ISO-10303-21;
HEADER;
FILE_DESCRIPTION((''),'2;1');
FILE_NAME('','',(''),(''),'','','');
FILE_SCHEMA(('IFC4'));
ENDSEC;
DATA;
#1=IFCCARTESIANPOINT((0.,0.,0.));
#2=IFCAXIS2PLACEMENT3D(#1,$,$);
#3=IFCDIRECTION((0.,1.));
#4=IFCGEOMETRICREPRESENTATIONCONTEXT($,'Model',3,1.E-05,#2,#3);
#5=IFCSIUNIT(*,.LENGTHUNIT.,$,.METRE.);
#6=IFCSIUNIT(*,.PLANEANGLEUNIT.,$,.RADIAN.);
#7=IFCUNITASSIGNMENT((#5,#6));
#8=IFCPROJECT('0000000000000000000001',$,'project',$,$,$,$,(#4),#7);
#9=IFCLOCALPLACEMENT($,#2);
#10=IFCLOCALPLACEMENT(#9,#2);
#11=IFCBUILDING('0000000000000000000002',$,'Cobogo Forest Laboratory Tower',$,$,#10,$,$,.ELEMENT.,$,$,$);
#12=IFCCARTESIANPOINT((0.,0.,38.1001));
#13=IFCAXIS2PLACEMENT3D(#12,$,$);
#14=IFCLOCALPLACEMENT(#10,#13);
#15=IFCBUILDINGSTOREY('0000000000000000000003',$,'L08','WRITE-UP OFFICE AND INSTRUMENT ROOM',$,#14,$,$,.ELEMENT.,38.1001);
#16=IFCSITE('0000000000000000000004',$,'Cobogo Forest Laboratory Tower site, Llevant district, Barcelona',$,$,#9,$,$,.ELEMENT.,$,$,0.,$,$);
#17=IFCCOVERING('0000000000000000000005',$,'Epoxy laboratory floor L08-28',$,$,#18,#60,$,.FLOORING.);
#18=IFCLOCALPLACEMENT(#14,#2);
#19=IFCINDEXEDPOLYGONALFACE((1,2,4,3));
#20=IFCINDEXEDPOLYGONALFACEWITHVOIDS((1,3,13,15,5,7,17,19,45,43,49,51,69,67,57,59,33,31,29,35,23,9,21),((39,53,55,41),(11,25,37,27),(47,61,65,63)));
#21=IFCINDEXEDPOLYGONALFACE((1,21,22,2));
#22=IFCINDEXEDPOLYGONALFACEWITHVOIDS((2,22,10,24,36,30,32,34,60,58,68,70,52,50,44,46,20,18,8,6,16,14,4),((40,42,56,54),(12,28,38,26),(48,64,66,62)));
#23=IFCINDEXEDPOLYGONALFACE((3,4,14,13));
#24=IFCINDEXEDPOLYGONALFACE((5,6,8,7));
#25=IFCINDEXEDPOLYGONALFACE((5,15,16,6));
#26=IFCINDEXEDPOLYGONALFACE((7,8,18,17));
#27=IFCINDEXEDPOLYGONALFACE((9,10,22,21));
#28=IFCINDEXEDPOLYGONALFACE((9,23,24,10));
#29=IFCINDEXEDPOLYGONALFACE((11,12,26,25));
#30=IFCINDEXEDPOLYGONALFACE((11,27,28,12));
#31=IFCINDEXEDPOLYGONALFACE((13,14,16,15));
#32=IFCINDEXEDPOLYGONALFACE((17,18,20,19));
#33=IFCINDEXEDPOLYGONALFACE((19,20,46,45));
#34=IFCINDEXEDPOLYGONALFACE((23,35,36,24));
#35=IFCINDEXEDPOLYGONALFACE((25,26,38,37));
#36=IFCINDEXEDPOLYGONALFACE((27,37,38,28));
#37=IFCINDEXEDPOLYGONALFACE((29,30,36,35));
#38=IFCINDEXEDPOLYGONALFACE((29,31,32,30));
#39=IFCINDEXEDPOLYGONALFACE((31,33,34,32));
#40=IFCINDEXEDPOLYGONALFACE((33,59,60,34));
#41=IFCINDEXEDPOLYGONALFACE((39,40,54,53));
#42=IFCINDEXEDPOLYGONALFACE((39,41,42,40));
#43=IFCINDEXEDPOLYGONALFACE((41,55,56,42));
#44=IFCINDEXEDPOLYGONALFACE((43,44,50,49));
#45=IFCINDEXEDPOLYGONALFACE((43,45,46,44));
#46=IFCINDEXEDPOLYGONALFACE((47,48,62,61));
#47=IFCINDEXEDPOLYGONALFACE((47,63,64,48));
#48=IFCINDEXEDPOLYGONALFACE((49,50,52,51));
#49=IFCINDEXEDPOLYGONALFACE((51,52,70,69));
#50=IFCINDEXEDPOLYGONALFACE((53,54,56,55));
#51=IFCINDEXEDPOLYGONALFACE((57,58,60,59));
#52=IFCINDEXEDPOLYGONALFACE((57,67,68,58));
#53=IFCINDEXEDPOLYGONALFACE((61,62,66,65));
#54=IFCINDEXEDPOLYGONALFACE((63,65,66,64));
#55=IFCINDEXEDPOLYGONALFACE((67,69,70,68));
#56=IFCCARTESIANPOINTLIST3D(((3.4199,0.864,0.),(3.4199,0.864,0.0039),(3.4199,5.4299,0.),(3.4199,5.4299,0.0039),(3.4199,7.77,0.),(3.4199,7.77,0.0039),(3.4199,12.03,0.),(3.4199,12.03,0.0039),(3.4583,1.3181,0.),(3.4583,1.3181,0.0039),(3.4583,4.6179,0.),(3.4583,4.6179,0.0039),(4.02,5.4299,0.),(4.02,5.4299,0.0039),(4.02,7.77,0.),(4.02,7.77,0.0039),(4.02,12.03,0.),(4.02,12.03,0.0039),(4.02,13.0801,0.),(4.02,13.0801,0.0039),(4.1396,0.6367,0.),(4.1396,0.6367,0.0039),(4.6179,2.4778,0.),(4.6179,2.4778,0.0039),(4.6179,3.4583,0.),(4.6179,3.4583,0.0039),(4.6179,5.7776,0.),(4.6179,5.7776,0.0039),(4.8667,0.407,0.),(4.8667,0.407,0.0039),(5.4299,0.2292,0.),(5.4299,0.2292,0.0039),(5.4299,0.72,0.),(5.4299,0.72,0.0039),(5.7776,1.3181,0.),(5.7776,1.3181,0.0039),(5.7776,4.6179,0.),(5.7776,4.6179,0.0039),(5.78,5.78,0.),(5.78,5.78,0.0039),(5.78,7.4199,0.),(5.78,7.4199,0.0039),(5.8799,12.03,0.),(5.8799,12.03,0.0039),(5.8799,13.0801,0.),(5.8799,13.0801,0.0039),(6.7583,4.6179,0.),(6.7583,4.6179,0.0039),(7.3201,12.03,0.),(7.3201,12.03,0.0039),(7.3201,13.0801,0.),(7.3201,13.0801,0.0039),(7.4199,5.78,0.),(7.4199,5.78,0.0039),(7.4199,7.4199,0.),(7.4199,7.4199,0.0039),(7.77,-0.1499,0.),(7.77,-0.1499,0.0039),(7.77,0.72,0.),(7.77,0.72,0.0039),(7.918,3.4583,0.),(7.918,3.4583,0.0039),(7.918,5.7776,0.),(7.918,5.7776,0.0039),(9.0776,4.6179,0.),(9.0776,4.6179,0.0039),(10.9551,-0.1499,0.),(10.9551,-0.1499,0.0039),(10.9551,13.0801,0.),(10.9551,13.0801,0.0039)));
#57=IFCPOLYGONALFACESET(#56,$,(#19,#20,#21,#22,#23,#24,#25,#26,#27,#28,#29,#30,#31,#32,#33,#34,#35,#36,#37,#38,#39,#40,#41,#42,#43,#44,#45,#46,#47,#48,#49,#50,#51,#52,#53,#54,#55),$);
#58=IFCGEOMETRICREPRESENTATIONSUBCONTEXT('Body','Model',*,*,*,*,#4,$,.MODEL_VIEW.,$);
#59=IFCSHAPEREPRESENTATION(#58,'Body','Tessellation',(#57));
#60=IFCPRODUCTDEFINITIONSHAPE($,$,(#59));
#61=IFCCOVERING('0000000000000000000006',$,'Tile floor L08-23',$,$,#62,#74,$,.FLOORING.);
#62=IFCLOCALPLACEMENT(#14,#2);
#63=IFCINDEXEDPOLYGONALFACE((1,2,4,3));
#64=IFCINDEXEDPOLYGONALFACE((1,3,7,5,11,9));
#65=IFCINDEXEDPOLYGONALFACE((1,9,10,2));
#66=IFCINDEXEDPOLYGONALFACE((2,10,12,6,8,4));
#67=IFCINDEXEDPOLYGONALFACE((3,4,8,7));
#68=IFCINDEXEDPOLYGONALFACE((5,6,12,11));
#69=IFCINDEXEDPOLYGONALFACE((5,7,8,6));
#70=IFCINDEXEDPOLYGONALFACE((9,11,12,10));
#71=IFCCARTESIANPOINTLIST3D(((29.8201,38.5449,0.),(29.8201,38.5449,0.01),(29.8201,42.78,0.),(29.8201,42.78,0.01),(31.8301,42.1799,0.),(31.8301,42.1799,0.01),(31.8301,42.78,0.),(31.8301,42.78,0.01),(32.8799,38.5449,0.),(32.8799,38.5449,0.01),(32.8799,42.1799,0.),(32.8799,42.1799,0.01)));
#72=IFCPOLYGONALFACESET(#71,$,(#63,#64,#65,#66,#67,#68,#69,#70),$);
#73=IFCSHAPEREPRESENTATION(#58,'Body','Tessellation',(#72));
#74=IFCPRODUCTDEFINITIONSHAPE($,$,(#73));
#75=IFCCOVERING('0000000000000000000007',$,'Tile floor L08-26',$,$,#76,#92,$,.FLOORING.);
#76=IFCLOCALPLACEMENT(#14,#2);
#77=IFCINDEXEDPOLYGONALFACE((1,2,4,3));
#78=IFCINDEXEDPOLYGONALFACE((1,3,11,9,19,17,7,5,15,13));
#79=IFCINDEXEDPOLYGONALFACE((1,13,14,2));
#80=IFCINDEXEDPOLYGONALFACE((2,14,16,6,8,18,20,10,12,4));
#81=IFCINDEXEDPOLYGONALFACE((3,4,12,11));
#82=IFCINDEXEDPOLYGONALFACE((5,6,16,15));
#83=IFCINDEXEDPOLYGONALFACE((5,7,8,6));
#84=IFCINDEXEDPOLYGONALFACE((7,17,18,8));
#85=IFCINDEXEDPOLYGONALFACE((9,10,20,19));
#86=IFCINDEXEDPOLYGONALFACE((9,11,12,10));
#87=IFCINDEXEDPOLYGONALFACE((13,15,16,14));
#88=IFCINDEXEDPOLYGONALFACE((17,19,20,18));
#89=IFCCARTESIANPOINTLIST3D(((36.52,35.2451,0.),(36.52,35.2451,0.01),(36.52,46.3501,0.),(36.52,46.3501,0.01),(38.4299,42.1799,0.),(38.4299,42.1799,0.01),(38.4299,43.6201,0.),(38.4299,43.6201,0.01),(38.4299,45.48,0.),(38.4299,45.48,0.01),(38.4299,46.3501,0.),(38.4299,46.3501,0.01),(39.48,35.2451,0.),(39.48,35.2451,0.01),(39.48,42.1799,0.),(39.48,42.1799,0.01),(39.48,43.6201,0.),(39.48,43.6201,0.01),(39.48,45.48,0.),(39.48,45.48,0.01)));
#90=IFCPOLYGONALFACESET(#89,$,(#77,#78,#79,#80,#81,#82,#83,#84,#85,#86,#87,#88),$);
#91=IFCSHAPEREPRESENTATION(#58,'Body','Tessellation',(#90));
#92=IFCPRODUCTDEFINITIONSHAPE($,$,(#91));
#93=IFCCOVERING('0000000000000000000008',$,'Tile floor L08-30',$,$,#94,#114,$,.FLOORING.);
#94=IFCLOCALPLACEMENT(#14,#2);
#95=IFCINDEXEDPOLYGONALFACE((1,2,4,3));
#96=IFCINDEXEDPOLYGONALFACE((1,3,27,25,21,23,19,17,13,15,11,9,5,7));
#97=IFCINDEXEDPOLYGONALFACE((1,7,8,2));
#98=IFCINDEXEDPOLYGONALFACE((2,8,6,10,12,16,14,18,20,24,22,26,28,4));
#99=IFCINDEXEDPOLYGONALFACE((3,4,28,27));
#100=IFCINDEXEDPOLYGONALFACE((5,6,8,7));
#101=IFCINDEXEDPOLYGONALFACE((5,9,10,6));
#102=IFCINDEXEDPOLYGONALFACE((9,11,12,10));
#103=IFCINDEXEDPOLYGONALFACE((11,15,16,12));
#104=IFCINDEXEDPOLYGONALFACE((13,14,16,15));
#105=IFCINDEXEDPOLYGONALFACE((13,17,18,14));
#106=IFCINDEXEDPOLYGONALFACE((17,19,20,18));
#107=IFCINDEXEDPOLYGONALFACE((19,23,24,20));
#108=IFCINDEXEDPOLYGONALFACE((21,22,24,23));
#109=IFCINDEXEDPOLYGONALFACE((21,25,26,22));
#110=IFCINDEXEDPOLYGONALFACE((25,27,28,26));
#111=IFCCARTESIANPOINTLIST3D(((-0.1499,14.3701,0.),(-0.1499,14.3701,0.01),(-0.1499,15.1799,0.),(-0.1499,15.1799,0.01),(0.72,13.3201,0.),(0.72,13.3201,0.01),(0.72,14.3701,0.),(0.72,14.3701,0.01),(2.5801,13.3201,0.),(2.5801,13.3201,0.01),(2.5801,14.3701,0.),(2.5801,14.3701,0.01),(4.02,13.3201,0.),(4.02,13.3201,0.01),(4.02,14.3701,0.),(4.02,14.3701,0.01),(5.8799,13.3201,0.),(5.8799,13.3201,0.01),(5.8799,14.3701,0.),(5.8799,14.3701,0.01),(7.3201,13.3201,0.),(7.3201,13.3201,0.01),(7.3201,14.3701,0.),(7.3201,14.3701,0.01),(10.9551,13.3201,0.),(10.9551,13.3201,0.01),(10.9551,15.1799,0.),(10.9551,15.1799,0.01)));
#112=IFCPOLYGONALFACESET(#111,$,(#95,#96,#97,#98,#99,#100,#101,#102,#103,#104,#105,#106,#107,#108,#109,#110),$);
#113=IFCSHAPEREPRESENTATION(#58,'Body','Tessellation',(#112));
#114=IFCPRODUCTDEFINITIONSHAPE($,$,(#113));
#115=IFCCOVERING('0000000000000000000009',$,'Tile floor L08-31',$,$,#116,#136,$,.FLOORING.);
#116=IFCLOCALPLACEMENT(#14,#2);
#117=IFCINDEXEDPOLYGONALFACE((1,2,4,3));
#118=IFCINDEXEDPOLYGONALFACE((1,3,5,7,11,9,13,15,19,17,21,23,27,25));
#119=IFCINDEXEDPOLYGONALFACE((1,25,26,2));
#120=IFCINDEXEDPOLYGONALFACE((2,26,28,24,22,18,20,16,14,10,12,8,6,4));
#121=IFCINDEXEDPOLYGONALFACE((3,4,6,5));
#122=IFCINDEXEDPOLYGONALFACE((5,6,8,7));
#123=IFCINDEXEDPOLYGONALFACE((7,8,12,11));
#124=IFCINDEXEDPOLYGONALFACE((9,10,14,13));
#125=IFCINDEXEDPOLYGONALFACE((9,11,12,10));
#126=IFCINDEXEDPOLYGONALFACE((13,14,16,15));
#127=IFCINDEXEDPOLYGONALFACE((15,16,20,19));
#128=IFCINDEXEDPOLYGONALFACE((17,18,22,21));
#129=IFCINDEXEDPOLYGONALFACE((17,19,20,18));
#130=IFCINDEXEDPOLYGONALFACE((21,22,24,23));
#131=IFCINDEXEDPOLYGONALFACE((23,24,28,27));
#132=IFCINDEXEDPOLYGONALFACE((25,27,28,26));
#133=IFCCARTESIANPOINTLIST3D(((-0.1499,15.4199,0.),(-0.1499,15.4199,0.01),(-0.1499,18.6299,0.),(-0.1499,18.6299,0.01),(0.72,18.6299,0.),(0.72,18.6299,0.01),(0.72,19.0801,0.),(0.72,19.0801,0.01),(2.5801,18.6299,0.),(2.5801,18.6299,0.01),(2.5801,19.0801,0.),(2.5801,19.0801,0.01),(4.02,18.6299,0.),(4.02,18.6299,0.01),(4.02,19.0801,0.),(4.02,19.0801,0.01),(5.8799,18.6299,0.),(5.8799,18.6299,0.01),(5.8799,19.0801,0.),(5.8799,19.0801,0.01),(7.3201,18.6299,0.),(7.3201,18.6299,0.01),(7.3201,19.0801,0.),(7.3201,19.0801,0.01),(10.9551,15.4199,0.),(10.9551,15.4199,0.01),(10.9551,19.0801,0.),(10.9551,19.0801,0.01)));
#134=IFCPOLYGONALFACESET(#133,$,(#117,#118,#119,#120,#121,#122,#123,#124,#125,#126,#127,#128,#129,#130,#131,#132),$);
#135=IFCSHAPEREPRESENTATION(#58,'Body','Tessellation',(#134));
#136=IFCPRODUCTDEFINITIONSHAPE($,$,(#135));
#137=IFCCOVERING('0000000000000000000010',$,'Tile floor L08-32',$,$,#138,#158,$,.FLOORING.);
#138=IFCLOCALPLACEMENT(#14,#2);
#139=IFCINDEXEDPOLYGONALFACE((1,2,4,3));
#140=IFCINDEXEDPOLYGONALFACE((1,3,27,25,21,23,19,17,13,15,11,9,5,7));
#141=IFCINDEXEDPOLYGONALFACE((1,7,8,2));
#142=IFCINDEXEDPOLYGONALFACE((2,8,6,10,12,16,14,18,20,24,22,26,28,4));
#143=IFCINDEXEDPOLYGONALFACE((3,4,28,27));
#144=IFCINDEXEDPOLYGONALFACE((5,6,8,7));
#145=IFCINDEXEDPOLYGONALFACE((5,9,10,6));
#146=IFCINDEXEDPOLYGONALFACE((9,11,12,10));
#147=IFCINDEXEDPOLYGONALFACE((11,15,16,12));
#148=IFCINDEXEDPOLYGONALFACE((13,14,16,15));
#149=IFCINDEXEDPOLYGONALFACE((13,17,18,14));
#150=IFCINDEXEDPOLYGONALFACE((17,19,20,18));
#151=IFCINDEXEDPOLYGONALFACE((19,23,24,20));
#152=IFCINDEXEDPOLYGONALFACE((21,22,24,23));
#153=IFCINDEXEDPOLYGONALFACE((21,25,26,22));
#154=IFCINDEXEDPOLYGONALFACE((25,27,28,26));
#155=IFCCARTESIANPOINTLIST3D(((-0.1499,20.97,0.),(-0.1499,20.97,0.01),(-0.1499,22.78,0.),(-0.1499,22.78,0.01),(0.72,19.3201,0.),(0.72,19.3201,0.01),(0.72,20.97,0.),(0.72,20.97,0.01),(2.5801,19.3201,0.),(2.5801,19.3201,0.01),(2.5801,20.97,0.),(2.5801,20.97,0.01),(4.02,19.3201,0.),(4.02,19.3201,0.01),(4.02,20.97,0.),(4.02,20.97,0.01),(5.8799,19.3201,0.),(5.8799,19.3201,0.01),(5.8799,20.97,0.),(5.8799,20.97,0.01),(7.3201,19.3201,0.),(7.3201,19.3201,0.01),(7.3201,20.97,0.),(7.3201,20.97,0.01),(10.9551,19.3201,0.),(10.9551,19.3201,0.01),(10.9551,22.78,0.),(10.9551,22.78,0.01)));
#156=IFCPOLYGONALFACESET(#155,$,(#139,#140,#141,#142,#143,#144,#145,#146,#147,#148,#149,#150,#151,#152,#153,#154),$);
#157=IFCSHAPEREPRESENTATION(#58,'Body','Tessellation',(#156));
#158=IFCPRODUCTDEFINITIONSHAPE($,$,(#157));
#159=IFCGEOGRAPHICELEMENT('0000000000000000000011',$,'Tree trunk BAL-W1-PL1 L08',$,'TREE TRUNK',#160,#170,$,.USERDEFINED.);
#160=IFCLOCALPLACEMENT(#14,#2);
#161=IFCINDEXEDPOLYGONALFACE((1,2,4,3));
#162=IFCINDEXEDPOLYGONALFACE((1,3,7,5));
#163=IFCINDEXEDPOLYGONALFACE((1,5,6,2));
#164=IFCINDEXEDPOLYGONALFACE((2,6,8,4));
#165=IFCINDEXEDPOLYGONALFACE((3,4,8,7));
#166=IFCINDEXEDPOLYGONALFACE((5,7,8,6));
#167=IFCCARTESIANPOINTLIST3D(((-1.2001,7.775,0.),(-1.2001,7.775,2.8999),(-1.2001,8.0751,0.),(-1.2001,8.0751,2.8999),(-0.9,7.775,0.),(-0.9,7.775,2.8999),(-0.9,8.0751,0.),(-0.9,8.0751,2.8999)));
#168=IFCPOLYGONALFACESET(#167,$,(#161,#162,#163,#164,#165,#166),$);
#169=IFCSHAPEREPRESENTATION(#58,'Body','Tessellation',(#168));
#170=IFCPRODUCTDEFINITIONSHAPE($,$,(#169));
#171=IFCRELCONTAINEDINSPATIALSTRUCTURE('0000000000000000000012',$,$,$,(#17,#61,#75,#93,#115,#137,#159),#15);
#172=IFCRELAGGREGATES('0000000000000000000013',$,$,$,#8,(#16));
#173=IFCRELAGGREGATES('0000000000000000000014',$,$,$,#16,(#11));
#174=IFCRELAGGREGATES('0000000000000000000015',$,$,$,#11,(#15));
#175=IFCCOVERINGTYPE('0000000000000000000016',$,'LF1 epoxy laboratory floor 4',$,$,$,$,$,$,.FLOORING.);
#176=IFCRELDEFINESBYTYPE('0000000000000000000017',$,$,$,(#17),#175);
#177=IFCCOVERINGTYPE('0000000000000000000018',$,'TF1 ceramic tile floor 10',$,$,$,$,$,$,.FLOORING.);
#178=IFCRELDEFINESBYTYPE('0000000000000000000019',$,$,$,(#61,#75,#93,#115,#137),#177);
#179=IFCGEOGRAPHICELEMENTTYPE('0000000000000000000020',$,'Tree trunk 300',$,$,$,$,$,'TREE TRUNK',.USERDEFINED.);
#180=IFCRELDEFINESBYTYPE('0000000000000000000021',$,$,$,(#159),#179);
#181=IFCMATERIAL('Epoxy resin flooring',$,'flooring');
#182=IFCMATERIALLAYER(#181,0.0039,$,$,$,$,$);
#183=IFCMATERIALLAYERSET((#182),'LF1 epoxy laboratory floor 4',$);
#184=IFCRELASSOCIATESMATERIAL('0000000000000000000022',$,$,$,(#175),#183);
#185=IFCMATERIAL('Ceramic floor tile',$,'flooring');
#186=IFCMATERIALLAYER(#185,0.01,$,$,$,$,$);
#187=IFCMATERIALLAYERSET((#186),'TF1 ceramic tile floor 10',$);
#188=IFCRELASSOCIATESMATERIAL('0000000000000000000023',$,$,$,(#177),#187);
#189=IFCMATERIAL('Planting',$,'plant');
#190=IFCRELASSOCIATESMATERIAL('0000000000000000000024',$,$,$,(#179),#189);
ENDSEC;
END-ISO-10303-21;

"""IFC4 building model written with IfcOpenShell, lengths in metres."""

from ifc_helpers import new_model, si_unit, direction, frame, origin, origin_2d, place, context, subcontext, project, spatial, polyline, rectangle, outline, extrude, material, layer, layer_set, type_object, element, save


model = new_model("IFC4")

# Units and contexts
model_context = context("Model", 3, precision=1e-05, world=origin(), true_north=direction((0.0, 1.0)))
body_context = subcontext(model_context, "Body", "Model", "MODEL_VIEW")
ifc_project = project(units=[si_unit("LENGTHUNIT", "METRE"), si_unit("PLANEANGLEUNIT", "RADIAN")], contexts=[model_context])

# Site, building, storey
site_placement = place(None, origin())
site = spatial("IfcSite", under=ifc_project, at=site_placement, Name="Cobogo Forest Laboratory Tower site, Llevant district, Barcelona", CompositionType="ELEMENT", RefElevation=0.0)
building_placement = place(site_placement, origin())
building = spatial("IfcBuilding", under=site, at=building_placement, Name="Cobogo Forest Laboratory Tower", CompositionType="ELEMENT")
storey_placement = place(building_placement, frame((0.0, 0.0, 38.1001)))
storey = spatial("IfcBuildingStorey", under=building, at=storey_placement, Name="L08", Description="WRITE-UP OFFICE AND INSTRUMENT ROOM", CompositionType="ELEMENT", Elevation=38.1001)

# Coverings
ifc_material_1 = material(Name="Epoxy resin flooring", Category="flooring")
ifc_layer_1 = layer(ifc_material_1, 0.0039)
ifc_layer_set_1 = layer_set([ifc_layer_1], Name="LF1 epoxy laboratory floor 4")
covering_type_1 = type_object("IfcCoveringType", Name="LF1 epoxy laboratory floor 4", PredefinedType="FLOORING", material=ifc_layer_set_1)
covering_1_placement = place(storey_placement, origin())
element("IfcCovering", 1, at=covering_1_placement, inside=storey, type_object=covering_type_1, Name="Epoxy laboratory floor L08-28", PredefinedType="FLOORING", context=body_context, shape_type="SweptSolid", body=[
    extrude(outline(polyline([(5.8799, 13.0801), (5.8799, 12.03), (7.3201, 12.03), (7.3201, 13.0801), (10.9551, 13.0801), (10.9551, -0.1499), (7.77, -0.1499), (7.77, 0.72), (5.4299, 0.72), (5.4299, 0.2292), (4.8667, 0.407), (5.7776, 1.3181), (4.6179, 2.4778), (3.4583, 1.3181), (4.1396, 0.6367), (3.4199, 0.864), (3.4199, 5.4299), (4.02, 5.4299), (4.02, 7.77), (3.4199, 7.77), (3.4199, 12.03), (4.02, 12.03), (4.02, 13.0801), (5.8799, 13.0801)]), holes=[polyline([(7.918, 5.7776), (6.7583, 4.6179), (7.918, 3.4583), (9.0776, 4.6179), (7.918, 5.7776)]), polyline([(5.78, 7.4199), (5.78, 5.78), (7.4199, 5.78), (7.4199, 7.4199), (5.78, 7.4199)]), polyline([(3.4583, 4.6179), (4.6179, 3.4583), (5.7776, 4.6179), (4.6179, 5.7776), (3.4583, 4.6179)])]), origin(), (0.0, 0.0, 1.0), 0.0039),
])
ifc_material_2 = material(Name="Ceramic floor tile", Category="flooring")
ifc_layer_2 = layer(ifc_material_2, 0.01)
ifc_layer_set_2 = layer_set([ifc_layer_2], Name="TF1 ceramic tile floor 10")
covering_type_2 = type_object("IfcCoveringType", Name="TF1 ceramic tile floor 10", PredefinedType="FLOORING", material=ifc_layer_set_2)
covering_2_placement = place(storey_placement, origin())
element("IfcCovering", 2, at=covering_2_placement, inside=storey, type_object=covering_type_2, Name="Tile floor L08-23", PredefinedType="FLOORING", context=body_context, shape_type="SweptSolid", body=[
    extrude(outline(polyline([(29.8201, 42.78), (31.8301, 42.78), (31.8301, 42.1799), (32.8799, 42.1799), (32.8799, 38.5449), (29.8201, 38.5449), (29.8201, 42.78)])), origin(), (0.0, 0.0, 1.0), 0.01),
])
covering_3_placement = place(storey_placement, origin())
element("IfcCovering", 3, at=covering_3_placement, inside=storey, type_object=covering_type_2, Name="Tile floor L08-26", PredefinedType="FLOORING", context=body_context, shape_type="SweptSolid", body=[
    extrude(outline(polyline([(36.52, 35.2451), (36.52, 46.3501), (38.4299, 46.3501), (38.4299, 45.48), (39.48, 45.48), (39.48, 43.6201), (38.4299, 43.6201), (38.4299, 42.1799), (39.48, 42.1799), (39.48, 35.2451), (36.52, 35.2451)])), origin(), (0.0, 0.0, 1.0), 0.01),
])
covering_4_placement = place(storey_placement, origin())
element("IfcCovering", 4, at=covering_4_placement, inside=storey, type_object=covering_type_2, Name="Tile floor L08-30", PredefinedType="FLOORING", context=body_context, shape_type="SweptSolid", body=[
    extrude(outline(polyline([(10.9551, 13.3201), (7.3201, 13.3201), (7.3201, 14.3701), (5.8799, 14.3701), (5.8799, 13.3201), (4.02, 13.3201), (4.02, 14.3701), (2.5801, 14.3701), (2.5801, 13.3201), (0.72, 13.3201), (0.72, 14.3701), (-0.1499, 14.3701), (-0.1499, 15.1799), (10.9551, 15.1799), (10.9551, 13.3201)])), origin(), (0.0, 0.0, 1.0), 0.01),
])
covering_5_placement = place(storey_placement, origin())
element("IfcCovering", 5, at=covering_5_placement, inside=storey, type_object=covering_type_2, Name="Tile floor L08-31", PredefinedType="FLOORING", context=body_context, shape_type="SweptSolid", body=[
    extrude(outline(polyline([(10.9551, 15.4199), (-0.1499, 15.4199), (-0.1499, 18.6299), (0.72, 18.6299), (0.72, 19.0801), (2.5801, 19.0801), (2.5801, 18.6299), (4.02, 18.6299), (4.02, 19.0801), (5.8799, 19.0801), (5.8799, 18.6299), (7.3201, 18.6299), (7.3201, 19.0801), (10.9551, 19.0801), (10.9551, 15.4199)])), origin(), (0.0, 0.0, 1.0), 0.01),
])
covering_6_placement = place(storey_placement, origin())
element("IfcCovering", 6, at=covering_6_placement, inside=storey, type_object=covering_type_2, Name="Tile floor L08-32", PredefinedType="FLOORING", context=body_context, shape_type="SweptSolid", body=[
    extrude(outline(polyline([(10.9551, 19.3201), (7.3201, 19.3201), (7.3201, 20.97), (5.8799, 20.97), (5.8799, 19.3201), (4.02, 19.3201), (4.02, 20.97), (2.5801, 20.97), (2.5801, 19.3201), (0.72, 19.3201), (0.72, 20.97), (-0.1499, 20.97), (-0.1499, 22.78), (10.9551, 22.78), (10.9551, 19.3201)])), origin(), (0.0, 0.0, 1.0), 0.01),
])

# Geographic element
ifc_material_3 = material(Name="Planting", Category="plant")
geographic_element_type = type_object("IfcGeographicElementType", Name="Tree trunk 300", ElementType="TREE TRUNK", PredefinedType="USERDEFINED", material=ifc_material_3)
geographic_element_placement = place(storey_placement, frame((-1.05, 7.925, 0.0), z_axis=(0.0, 0.0, 1.0), x_axis=(1.0, 0.0, 0.0)))
element("IfcGeographicElement", 7, at=geographic_element_placement, inside=storey, type_object=geographic_element_type, Name="Tree trunk BAL-W1-PL1 L08", ObjectType="TREE TRUNK", PredefinedType="USERDEFINED", context=body_context, shape_type="SweptSolid", body=[
    extrude(rectangle(XDim=0.3, YDim=0.3, at=origin_2d()), origin(), (0.0, 0.0, 1.0), 2.8999),
])

save(model, "model.ifc")
